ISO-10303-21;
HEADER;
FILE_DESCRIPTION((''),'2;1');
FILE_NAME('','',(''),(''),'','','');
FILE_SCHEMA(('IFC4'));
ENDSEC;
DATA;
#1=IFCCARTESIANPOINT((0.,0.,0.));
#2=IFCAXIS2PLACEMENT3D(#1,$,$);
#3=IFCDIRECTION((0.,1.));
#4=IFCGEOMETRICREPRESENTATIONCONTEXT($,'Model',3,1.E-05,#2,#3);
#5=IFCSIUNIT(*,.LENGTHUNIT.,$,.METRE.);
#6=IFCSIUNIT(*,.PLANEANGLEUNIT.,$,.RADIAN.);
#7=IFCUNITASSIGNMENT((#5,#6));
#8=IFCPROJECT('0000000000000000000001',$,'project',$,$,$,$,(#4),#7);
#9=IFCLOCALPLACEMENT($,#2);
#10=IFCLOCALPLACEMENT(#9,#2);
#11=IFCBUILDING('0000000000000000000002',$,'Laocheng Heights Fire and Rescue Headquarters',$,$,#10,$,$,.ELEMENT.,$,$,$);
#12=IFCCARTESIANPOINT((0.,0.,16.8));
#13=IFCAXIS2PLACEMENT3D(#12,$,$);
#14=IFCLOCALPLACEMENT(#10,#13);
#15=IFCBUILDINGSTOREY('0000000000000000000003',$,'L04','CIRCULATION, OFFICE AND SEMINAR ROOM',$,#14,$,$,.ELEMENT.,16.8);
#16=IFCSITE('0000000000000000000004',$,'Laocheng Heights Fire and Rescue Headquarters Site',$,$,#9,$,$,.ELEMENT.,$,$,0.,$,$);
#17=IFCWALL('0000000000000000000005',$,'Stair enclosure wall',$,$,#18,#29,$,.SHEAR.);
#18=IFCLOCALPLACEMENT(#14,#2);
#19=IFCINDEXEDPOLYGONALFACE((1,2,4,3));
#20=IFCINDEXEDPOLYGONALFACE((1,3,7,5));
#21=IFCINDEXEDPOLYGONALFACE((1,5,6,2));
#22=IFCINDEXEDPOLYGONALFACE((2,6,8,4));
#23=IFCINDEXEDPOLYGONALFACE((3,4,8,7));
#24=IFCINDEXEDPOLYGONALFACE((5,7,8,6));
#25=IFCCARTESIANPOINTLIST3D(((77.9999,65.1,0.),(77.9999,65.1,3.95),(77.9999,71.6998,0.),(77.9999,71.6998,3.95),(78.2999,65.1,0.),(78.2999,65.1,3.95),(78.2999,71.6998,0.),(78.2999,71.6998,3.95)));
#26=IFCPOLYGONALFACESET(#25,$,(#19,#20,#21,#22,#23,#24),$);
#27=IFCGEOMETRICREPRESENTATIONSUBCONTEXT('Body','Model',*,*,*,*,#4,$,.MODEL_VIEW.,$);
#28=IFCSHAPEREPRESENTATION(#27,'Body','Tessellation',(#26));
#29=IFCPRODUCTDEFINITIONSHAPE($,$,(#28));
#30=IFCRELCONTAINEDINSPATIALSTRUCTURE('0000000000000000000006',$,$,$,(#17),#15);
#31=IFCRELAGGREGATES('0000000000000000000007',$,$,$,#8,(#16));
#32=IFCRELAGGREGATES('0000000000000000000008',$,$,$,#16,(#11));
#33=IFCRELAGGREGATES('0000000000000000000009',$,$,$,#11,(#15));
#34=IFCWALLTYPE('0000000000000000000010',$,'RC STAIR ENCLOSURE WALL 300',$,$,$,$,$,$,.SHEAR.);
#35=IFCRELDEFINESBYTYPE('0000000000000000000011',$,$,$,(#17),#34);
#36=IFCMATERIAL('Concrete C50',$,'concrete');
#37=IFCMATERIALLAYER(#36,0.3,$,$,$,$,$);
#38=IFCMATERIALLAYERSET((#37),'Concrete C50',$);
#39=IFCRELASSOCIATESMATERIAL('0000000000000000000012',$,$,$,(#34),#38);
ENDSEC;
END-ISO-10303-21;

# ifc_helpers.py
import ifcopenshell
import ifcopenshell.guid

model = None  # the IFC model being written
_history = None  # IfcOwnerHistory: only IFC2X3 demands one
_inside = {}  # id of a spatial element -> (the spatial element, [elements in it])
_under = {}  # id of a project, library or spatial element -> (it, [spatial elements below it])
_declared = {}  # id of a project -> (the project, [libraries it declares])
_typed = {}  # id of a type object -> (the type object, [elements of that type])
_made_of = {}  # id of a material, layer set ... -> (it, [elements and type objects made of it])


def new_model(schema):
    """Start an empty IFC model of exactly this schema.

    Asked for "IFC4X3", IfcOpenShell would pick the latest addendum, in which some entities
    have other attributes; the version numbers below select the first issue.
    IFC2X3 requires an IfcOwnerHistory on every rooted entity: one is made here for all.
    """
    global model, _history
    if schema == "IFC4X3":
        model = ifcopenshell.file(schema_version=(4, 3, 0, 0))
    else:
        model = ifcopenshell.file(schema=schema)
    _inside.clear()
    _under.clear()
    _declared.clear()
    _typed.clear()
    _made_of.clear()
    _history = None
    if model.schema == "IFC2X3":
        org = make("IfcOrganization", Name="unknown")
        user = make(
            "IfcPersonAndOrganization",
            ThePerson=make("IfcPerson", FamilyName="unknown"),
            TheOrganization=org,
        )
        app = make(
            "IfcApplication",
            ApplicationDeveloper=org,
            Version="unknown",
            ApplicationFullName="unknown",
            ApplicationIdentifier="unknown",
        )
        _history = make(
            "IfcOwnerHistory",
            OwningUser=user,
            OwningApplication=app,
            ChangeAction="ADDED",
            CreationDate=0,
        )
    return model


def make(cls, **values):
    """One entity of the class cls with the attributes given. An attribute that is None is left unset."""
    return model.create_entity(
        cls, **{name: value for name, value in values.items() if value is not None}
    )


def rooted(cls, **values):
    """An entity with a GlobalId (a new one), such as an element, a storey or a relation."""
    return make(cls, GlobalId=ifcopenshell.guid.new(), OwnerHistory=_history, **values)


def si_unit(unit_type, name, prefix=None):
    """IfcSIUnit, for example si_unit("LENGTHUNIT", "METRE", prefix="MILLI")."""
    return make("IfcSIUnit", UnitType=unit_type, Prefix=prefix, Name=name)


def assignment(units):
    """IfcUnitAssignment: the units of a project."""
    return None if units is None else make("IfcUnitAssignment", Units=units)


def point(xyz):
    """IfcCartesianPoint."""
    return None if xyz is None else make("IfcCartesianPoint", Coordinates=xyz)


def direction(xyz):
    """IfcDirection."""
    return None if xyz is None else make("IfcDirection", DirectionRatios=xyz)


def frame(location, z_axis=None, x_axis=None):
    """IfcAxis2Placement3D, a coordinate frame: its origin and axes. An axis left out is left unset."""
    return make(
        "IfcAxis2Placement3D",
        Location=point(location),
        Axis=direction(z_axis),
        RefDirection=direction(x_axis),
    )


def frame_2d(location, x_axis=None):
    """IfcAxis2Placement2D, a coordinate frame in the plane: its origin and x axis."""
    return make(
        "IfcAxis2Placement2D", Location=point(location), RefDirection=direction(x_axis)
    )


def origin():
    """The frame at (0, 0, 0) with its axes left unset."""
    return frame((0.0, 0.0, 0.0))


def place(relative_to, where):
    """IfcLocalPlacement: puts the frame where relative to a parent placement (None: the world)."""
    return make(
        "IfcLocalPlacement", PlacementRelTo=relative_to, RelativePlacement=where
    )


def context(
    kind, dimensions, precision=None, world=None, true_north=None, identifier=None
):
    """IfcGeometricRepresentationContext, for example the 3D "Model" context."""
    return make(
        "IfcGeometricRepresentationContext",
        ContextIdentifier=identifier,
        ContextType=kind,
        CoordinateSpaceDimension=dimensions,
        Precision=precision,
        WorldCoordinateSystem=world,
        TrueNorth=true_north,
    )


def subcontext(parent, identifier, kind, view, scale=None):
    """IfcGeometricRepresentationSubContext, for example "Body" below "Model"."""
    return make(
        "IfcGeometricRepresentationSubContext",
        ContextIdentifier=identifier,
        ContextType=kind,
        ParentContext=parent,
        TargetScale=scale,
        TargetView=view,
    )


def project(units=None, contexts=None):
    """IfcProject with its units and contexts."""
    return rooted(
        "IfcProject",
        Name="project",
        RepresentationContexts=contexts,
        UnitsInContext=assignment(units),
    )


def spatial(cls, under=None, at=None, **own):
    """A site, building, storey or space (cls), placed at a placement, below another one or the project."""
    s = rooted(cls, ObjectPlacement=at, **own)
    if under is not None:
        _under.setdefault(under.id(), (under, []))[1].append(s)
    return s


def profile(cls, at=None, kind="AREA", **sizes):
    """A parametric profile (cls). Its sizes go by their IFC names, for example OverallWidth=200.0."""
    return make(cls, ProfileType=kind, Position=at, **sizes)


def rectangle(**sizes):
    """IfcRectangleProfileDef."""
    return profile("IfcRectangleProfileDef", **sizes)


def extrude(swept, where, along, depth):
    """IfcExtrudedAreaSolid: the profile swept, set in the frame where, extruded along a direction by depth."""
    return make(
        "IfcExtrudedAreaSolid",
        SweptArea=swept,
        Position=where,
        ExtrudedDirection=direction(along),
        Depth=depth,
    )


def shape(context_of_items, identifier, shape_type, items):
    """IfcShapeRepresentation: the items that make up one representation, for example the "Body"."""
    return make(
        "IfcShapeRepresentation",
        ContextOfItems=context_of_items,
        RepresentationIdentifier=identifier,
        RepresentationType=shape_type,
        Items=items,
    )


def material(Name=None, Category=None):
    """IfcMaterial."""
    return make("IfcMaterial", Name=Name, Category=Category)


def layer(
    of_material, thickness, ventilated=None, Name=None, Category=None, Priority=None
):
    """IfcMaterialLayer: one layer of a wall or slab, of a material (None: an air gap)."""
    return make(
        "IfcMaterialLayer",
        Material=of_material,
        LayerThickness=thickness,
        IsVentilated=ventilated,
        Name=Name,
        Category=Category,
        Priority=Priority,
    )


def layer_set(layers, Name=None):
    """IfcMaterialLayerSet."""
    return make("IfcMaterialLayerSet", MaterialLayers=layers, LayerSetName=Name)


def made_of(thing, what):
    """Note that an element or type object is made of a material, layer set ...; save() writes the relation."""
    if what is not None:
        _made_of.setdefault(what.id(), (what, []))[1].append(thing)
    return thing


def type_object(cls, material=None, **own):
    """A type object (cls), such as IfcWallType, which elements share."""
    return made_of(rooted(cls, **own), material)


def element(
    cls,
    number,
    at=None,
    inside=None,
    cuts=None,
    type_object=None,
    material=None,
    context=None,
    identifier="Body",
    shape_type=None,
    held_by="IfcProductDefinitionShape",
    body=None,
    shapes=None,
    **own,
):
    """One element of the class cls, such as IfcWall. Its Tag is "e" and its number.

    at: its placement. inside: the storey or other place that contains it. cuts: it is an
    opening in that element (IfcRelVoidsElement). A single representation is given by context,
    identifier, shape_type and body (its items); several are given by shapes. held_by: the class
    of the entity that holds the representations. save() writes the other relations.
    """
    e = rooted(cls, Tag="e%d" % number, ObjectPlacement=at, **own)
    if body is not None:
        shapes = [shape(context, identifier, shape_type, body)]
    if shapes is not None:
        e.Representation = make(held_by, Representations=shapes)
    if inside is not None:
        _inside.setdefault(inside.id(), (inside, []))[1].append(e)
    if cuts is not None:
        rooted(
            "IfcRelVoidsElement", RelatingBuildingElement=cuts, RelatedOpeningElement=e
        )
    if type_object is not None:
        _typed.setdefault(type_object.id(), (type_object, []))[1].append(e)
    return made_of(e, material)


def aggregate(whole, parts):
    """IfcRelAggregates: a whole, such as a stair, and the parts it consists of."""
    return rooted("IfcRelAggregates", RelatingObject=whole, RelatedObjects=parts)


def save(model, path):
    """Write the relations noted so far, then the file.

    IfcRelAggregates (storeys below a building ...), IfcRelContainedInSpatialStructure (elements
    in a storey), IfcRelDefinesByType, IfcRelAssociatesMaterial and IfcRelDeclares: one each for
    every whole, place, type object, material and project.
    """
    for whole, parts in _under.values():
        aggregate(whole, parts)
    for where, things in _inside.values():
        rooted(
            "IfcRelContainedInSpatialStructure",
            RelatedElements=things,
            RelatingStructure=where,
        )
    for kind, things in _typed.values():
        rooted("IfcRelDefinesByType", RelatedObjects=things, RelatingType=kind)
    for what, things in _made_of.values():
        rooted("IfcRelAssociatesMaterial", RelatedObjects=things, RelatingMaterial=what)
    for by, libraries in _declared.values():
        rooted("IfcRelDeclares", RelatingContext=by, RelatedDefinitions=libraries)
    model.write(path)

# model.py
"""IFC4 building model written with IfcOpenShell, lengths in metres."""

from ifc_helpers import new_model, si_unit, direction, frame, frame_2d, origin, place, context, subcontext, project, spatial, rectangle, extrude, material, layer, layer_set, type_object, element, save


model = new_model("IFC4")

# Units and contexts
model_context = context("Model", 3, precision=1e-05, world=origin(), true_north=direction((0.0, 1.0)))
body_context = subcontext(model_context, "Body", "Model", "MODEL_VIEW")
ifc_project = project(units=[si_unit("LENGTHUNIT", "METRE"), si_unit("PLANEANGLEUNIT", "RADIAN")], contexts=[model_context])

# Site, building, storey
site_placement = place(None, origin())
site = spatial("IfcSite", under=ifc_project, at=site_placement, Name="Laocheng Heights Fire and Rescue Headquarters Site", CompositionType="ELEMENT", RefElevation=0.0)
building_placement = place(site_placement, origin())
building = spatial("IfcBuilding", under=site, at=building_placement, Name="Laocheng Heights Fire and Rescue Headquarters", CompositionType="ELEMENT")
storey_placement = place(building_placement, frame((0.0, 0.0, 16.8)))
storey = spatial("IfcBuildingStorey", under=building, at=storey_placement, Name="L04", Description="CIRCULATION, OFFICE AND SEMINAR ROOM", CompositionType="ELEMENT", Elevation=16.8)

# Shared definitions
ifc_material_1 = material(Name="Concrete C50", Category="concrete")
ifc_layer_1 = layer(ifc_material_1, 0.3)
ifc_layer_set_1 = layer_set([ifc_layer_1], Name="Concrete C50")
wall_type_1 = type_object("IfcWallType", Name="RC STAIR ENCLOSURE WALL 300", PredefinedType="SHEAR", material=ifc_layer_set_1)

# Wall
wall_1_placement = place(storey_placement, frame((78.1499, 65.1001, 0.0), z_axis=(0.0, 0.0, 1.0), x_axis=(0.0, 1.0, 0.0)))
element("IfcWall", 1, at=wall_1_placement, inside=storey, type_object=wall_type_1, Name="Stair enclosure wall", PredefinedType="SHEAR", context=body_context, shape_type="SweptSolid", body=[
    extrude(rectangle(XDim=6.5999, YDim=0.3, at=frame_2d((3.2998, 0.0))), origin(), (0.0, 0.0, 1.0), 3.95),
])

save(model, "model.ifc")
